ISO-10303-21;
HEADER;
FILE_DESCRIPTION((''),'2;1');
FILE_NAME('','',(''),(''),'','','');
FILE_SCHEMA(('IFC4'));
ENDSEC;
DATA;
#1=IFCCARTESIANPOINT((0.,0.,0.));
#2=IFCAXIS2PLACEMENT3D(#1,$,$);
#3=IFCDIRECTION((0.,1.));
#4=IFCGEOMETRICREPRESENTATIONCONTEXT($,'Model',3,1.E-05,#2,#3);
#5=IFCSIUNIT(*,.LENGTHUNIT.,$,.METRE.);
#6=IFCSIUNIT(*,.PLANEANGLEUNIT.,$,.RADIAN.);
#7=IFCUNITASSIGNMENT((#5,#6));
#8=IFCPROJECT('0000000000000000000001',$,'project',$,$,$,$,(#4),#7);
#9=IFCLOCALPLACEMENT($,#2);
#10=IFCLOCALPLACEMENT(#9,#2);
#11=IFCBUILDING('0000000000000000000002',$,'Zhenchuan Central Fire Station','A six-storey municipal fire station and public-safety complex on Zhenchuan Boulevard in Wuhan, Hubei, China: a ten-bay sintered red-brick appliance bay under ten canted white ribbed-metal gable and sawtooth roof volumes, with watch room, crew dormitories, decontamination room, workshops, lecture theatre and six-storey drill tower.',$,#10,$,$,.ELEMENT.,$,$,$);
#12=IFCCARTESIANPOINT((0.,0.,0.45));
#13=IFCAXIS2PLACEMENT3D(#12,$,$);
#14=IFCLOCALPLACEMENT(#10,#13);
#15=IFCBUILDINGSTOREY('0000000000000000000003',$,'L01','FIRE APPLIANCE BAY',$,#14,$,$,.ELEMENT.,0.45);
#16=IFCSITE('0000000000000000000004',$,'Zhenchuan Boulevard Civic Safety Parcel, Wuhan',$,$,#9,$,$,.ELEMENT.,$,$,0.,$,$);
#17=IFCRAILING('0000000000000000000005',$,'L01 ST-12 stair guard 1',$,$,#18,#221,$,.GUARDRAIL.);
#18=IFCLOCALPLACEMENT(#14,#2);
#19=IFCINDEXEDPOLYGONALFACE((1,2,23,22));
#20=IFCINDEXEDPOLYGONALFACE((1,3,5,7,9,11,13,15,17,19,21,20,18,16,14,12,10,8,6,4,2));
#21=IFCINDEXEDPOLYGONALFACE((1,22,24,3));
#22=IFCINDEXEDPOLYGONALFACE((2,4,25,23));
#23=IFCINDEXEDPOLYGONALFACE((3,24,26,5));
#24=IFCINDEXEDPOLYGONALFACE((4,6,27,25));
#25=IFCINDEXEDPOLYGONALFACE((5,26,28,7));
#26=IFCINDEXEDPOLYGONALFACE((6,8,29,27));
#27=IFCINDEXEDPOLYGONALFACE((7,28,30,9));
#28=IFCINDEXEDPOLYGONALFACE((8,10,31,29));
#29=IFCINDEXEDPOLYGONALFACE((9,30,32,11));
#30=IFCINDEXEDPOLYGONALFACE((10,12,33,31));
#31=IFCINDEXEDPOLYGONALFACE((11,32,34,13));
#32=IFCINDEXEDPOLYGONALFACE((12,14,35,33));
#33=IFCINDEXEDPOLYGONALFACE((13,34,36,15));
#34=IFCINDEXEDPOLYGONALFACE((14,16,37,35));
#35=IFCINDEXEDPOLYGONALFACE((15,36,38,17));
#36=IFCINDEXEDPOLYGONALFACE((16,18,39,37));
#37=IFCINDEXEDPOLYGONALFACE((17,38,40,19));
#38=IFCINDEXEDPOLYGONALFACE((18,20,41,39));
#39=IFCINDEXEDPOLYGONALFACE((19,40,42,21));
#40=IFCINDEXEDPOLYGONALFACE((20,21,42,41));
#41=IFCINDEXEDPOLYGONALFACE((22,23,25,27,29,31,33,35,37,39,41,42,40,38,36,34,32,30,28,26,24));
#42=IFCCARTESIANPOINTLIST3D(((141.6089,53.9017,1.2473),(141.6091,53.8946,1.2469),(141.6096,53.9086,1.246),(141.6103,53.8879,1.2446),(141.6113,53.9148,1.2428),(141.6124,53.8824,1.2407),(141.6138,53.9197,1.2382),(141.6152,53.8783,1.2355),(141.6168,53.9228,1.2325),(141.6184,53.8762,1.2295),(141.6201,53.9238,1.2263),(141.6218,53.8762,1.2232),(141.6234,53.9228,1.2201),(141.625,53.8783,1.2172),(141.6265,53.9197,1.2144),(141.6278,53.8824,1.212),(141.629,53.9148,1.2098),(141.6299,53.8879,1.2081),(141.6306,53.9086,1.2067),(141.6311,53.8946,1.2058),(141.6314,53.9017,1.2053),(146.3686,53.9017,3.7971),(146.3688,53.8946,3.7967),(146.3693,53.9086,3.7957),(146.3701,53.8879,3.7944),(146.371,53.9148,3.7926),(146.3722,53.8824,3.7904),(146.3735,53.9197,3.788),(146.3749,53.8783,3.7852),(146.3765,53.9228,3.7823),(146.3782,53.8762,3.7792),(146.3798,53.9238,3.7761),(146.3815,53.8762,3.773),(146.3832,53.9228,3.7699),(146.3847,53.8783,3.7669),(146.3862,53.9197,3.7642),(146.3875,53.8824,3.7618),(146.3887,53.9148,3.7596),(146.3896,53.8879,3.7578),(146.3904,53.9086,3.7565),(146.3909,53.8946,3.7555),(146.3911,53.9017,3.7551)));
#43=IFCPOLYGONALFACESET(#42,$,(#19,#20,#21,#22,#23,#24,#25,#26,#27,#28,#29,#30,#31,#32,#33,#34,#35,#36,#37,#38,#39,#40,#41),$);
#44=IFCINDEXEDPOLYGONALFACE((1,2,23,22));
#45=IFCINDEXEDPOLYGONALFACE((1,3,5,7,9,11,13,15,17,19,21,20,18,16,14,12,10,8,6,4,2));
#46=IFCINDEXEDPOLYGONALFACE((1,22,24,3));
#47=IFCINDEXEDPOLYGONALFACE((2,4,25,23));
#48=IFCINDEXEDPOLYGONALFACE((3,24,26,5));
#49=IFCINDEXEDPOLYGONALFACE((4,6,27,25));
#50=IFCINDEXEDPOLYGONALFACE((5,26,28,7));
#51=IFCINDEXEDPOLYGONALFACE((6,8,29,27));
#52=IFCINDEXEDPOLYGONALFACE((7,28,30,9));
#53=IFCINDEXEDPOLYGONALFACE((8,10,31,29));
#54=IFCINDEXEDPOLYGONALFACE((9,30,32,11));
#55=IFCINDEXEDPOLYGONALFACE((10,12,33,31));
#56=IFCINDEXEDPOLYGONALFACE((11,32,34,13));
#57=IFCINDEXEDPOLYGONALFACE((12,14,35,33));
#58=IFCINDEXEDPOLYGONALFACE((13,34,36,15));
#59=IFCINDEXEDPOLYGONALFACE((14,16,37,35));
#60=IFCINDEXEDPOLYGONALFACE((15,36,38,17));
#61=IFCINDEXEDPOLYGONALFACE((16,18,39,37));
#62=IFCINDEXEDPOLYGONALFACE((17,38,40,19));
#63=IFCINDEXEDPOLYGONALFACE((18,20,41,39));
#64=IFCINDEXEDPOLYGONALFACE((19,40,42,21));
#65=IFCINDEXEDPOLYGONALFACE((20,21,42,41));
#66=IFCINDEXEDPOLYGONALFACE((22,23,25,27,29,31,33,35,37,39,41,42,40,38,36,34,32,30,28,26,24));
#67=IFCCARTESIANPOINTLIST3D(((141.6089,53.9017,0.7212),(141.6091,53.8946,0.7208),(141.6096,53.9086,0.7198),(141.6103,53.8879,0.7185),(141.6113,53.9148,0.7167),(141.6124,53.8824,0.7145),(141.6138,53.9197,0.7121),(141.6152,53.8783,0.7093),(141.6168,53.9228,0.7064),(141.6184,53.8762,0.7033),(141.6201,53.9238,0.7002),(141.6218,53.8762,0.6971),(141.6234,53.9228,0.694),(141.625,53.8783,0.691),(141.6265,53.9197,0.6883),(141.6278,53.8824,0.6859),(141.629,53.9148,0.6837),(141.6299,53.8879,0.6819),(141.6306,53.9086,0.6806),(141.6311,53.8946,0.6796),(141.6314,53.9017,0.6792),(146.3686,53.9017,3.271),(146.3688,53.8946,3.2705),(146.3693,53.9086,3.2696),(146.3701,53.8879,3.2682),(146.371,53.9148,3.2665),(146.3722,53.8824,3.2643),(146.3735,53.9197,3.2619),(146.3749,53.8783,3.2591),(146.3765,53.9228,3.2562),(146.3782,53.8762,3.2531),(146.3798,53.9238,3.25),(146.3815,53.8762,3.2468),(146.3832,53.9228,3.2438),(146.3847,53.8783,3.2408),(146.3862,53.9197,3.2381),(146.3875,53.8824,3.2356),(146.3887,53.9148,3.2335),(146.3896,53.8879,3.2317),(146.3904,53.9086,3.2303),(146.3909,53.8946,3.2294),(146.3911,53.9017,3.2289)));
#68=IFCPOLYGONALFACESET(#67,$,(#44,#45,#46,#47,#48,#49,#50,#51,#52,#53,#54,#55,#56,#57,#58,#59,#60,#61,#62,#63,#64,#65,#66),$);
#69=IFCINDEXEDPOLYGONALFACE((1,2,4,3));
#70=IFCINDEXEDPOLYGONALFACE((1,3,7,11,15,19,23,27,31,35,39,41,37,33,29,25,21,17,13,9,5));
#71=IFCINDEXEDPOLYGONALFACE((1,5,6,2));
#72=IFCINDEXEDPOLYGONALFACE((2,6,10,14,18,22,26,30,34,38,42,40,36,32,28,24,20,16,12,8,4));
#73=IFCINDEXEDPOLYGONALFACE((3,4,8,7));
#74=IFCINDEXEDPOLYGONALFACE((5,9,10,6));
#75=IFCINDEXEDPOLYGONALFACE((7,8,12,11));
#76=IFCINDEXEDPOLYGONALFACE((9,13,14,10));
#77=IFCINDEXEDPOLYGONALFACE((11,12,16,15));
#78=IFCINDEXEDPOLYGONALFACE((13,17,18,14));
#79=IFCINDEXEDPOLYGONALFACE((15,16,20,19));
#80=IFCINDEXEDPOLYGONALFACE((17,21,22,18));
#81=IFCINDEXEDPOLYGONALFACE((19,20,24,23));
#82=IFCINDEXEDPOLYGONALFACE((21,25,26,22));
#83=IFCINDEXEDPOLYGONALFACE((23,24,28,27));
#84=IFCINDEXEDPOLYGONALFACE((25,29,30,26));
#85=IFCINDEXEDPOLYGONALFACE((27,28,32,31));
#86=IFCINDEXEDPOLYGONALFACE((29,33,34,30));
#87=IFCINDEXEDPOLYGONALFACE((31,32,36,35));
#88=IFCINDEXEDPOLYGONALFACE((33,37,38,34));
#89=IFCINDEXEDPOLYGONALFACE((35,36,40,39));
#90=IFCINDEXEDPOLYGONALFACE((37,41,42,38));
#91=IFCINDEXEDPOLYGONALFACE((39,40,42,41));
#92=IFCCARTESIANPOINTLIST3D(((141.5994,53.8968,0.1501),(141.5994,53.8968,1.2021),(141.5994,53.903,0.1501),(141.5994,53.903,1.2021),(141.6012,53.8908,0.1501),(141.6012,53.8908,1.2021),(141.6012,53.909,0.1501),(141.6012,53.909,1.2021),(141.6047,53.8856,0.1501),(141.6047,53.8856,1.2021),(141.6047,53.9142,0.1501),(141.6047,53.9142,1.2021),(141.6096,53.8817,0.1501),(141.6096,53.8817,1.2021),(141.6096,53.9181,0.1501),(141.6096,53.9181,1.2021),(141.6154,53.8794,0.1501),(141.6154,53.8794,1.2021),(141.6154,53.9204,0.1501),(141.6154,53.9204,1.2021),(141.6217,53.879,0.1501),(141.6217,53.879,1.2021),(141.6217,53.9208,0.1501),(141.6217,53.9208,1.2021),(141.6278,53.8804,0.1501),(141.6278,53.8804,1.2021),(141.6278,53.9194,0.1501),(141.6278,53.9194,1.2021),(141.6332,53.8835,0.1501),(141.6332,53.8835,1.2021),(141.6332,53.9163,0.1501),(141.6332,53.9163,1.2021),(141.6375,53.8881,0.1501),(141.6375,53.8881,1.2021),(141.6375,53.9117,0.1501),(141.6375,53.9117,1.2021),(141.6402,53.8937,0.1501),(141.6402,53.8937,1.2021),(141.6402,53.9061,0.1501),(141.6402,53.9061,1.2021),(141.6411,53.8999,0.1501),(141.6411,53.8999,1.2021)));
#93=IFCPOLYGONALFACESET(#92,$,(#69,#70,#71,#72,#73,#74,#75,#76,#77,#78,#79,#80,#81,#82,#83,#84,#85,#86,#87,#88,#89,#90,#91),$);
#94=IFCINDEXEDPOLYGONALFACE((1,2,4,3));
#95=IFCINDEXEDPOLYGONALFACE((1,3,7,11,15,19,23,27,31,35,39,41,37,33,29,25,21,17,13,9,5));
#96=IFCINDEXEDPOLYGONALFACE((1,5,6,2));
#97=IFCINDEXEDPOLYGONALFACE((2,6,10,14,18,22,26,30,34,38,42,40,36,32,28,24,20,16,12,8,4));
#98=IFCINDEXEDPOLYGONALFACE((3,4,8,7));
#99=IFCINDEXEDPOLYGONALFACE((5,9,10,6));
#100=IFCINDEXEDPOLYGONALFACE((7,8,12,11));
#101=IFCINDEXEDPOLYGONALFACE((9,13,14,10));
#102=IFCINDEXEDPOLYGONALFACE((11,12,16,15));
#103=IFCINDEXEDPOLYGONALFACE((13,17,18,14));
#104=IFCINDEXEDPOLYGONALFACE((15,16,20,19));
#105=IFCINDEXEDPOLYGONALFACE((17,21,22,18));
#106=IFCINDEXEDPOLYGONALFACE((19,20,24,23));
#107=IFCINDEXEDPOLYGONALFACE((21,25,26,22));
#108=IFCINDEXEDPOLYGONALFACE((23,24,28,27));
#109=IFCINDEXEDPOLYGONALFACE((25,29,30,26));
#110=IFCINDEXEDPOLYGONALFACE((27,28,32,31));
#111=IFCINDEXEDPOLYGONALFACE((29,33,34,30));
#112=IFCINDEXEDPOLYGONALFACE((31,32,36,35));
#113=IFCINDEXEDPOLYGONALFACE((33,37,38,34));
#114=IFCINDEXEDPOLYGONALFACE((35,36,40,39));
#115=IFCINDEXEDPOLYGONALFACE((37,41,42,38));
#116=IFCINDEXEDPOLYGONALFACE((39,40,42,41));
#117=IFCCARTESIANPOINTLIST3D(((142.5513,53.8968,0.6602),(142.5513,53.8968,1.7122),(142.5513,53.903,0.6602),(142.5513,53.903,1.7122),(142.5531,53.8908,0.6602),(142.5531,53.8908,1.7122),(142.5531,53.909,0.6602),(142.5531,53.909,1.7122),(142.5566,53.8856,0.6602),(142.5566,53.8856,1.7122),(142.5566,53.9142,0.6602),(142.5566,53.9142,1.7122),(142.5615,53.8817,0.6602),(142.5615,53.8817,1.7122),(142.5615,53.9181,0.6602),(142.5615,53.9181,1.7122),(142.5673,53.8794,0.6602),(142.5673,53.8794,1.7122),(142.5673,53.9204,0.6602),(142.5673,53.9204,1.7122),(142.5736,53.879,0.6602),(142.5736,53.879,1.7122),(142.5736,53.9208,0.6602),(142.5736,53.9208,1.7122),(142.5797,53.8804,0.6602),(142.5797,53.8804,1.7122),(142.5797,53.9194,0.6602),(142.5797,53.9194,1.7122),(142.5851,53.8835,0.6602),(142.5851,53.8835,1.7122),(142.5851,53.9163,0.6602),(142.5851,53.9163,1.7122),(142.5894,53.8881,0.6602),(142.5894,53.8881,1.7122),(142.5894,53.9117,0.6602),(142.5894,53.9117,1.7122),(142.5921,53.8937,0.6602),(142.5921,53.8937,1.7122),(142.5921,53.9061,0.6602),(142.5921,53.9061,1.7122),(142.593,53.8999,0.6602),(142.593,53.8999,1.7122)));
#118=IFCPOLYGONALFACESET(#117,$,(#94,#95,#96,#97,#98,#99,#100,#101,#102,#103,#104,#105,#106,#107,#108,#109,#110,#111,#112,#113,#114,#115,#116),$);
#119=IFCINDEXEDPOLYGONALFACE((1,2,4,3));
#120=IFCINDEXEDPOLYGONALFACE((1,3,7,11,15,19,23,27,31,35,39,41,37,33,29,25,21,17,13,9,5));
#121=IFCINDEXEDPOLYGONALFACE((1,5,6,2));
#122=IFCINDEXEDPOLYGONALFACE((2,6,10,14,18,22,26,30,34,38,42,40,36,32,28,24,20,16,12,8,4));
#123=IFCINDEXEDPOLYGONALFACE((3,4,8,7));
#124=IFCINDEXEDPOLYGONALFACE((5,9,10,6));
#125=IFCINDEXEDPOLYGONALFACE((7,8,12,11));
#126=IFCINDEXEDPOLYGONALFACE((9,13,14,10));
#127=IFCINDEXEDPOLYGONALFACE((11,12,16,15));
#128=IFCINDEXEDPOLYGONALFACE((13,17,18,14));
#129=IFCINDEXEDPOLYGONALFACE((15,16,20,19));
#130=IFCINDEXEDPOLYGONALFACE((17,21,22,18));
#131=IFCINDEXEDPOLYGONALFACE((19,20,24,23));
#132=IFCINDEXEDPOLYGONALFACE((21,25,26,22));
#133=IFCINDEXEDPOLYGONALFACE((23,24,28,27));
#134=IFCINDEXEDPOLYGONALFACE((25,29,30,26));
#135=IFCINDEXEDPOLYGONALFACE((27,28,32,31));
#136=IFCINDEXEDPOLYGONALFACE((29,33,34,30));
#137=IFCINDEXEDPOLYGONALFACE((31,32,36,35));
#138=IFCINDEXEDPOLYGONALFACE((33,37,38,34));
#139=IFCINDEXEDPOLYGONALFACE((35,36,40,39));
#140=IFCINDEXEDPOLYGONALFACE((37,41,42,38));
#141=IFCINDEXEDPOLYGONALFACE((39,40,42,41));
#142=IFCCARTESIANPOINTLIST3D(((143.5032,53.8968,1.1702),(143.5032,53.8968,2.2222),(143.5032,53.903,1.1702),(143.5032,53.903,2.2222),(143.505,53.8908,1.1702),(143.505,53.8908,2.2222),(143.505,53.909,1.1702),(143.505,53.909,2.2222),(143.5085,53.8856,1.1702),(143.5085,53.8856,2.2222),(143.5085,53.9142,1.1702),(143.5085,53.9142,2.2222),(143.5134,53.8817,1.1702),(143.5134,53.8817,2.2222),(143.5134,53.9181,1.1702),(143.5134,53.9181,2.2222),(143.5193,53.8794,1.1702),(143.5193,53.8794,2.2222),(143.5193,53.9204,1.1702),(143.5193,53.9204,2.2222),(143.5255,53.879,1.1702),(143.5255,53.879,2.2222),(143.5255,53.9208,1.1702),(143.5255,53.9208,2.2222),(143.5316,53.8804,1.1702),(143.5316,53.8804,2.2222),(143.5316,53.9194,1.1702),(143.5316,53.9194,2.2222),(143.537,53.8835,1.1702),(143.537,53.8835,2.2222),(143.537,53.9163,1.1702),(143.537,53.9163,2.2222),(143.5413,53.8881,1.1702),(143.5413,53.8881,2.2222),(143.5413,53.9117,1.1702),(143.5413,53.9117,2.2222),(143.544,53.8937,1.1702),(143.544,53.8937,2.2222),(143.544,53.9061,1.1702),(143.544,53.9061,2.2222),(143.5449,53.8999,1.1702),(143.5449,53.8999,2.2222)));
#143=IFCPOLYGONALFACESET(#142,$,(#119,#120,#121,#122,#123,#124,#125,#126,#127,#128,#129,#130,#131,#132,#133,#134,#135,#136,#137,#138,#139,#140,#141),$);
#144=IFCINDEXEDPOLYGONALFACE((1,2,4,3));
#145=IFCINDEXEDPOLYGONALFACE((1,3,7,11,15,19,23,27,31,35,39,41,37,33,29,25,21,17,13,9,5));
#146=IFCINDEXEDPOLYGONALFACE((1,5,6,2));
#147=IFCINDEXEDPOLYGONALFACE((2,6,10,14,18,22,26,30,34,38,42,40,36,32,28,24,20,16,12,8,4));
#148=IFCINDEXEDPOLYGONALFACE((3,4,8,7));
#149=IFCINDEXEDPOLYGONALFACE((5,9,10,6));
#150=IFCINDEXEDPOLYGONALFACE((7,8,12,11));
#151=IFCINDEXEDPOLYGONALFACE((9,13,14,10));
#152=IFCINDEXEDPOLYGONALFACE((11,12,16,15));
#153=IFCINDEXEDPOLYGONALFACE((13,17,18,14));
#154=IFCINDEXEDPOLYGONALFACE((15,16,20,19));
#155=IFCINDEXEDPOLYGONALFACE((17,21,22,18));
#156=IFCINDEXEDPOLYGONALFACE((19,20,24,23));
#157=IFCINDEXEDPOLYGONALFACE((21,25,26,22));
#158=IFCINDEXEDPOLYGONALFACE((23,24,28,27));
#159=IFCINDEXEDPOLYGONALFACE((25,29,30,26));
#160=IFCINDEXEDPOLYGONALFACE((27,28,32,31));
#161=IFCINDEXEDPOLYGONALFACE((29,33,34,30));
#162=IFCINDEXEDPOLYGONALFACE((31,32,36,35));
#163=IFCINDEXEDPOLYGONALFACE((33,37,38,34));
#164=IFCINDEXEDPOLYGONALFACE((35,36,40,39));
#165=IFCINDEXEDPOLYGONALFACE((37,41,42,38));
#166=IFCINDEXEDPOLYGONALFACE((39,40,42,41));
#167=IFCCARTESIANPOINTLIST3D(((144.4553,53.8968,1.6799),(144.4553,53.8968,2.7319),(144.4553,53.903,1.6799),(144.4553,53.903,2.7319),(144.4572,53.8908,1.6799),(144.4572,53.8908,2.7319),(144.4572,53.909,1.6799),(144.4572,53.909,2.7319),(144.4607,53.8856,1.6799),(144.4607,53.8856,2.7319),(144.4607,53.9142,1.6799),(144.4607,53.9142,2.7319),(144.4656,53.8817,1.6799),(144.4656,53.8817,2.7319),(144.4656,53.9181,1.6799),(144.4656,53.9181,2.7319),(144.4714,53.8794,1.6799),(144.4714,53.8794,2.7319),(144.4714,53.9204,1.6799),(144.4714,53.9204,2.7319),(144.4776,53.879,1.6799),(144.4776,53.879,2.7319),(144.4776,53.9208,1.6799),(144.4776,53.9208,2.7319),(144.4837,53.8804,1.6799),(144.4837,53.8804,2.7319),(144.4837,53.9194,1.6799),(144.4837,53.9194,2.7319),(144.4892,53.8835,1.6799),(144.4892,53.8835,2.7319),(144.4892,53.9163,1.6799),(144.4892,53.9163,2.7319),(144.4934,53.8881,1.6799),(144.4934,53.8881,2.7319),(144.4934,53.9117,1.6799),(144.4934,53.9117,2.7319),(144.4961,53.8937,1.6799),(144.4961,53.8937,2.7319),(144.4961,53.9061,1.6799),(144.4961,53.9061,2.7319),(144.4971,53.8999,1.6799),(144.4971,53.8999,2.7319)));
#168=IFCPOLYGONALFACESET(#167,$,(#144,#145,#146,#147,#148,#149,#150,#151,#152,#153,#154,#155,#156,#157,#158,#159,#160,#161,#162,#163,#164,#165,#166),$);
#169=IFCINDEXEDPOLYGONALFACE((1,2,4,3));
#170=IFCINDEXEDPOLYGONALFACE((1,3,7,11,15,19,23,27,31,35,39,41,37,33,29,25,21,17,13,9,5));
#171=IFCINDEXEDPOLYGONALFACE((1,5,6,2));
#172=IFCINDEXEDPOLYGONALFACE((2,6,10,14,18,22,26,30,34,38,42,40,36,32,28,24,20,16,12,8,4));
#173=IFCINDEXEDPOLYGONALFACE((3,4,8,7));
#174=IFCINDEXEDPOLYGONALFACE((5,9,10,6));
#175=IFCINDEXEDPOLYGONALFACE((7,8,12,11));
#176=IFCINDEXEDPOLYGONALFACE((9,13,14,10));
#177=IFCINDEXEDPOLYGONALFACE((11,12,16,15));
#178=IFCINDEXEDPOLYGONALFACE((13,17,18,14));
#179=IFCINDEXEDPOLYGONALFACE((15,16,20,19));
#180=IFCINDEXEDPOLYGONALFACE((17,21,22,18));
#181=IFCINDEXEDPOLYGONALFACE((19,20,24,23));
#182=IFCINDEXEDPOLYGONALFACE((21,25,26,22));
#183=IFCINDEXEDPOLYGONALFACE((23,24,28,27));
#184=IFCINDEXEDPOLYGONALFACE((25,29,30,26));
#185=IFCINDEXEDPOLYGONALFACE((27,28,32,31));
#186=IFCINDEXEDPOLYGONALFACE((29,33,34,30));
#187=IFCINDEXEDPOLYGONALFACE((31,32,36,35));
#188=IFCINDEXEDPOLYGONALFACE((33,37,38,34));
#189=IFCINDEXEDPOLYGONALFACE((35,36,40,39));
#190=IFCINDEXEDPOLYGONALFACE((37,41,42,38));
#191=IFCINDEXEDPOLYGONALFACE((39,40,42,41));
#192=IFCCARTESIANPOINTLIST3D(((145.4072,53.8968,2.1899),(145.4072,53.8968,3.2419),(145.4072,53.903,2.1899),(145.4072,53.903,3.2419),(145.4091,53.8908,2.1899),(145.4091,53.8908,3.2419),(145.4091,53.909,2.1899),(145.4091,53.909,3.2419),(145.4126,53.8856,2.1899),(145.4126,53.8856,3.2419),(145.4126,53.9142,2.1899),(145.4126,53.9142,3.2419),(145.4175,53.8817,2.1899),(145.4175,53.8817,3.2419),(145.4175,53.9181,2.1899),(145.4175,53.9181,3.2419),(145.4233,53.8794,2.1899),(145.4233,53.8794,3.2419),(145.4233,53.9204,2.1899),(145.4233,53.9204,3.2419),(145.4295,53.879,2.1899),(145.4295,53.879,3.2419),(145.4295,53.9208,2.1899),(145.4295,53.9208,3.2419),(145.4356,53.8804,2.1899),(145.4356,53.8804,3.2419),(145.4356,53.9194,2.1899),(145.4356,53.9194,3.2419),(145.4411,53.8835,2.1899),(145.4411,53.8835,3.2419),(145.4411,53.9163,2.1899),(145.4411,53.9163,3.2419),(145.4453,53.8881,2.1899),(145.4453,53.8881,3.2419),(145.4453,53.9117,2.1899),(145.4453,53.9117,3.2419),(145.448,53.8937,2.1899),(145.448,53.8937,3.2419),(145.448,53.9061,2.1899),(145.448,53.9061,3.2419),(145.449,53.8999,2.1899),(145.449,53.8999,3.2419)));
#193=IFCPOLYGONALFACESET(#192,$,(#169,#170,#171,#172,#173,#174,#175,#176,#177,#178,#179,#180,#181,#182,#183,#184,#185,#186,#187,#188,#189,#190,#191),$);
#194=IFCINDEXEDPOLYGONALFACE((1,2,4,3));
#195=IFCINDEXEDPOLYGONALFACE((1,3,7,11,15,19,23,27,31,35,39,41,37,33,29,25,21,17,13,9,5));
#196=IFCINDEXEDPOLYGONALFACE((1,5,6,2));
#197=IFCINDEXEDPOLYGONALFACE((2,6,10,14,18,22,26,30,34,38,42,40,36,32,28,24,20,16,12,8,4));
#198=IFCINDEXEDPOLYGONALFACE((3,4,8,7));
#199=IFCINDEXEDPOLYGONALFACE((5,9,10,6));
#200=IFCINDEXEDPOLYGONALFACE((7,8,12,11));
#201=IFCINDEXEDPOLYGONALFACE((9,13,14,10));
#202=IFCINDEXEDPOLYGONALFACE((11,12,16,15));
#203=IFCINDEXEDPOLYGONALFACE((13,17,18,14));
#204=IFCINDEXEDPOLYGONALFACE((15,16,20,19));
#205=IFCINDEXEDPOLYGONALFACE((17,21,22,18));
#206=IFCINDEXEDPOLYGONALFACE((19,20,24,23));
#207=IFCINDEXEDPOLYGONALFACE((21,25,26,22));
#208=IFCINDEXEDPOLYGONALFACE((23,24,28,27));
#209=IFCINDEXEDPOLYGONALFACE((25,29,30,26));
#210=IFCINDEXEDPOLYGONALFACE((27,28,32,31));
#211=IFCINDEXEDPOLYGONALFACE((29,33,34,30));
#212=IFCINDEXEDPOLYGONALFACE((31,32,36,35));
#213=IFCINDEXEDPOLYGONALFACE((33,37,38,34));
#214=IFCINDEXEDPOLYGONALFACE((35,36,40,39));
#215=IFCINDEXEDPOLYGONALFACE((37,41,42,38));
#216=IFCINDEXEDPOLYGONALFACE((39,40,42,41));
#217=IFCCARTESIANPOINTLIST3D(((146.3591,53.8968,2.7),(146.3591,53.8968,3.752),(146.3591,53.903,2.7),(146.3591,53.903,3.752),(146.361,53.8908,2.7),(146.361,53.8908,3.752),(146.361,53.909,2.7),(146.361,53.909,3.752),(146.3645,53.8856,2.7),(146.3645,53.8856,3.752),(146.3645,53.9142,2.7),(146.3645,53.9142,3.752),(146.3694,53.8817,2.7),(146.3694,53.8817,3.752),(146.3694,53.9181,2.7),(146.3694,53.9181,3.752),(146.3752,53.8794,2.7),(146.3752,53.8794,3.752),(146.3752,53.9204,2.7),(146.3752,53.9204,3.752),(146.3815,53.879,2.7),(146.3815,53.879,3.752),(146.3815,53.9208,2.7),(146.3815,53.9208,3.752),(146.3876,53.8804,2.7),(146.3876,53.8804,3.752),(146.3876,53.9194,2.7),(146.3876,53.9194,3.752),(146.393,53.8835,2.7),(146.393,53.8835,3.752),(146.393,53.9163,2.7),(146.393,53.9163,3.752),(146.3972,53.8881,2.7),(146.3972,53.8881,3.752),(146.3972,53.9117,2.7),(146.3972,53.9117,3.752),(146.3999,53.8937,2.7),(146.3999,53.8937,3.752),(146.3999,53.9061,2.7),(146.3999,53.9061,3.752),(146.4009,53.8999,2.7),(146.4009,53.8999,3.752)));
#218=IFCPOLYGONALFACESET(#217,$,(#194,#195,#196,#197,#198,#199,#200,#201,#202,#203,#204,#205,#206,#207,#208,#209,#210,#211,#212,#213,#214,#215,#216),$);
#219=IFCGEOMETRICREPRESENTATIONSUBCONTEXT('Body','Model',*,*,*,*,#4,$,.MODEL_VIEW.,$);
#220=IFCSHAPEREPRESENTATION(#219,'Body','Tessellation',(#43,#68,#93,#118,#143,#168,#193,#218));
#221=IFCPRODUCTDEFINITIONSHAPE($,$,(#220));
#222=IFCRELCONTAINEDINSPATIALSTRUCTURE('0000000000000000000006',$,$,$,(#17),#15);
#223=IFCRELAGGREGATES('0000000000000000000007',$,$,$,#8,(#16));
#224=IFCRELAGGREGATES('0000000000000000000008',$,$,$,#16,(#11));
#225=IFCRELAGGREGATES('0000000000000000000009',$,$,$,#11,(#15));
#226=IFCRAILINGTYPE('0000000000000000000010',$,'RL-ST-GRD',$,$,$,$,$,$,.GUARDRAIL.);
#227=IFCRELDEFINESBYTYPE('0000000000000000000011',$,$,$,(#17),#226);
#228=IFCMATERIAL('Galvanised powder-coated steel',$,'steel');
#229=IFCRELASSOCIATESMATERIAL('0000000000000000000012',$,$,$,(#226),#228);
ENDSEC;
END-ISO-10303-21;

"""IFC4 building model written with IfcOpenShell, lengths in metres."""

from ifc_helpers import new_model, si_unit, direction, frame, origin, origin_2d, place, context, subcontext, project, spatial, circle, extrude, material, type_object, element, save


model = new_model("IFC4")

# Units and contexts
model_context = context("Model", 3, precision=1e-05, world=origin(), true_north=direction((0.0, 1.0)))
body_context = subcontext(model_context, "Body", "Model", "MODEL_VIEW")
ifc_project = project(units=[si_unit("LENGTHUNIT", "METRE"), si_unit("PLANEANGLEUNIT", "RADIAN")], contexts=[model_context])

# Site, building, storey
site_placement = place(None, origin())
site = spatial("IfcSite", under=ifc_project, at=site_placement, Name="Zhenchuan Boulevard Civic Safety Parcel, Wuhan", CompositionType="ELEMENT", RefElevation=0.0)
building_placement = place(site_placement, origin())
building = spatial("IfcBuilding", under=site, at=building_placement, Name="Zhenchuan Central Fire Station", Description="A six-storey municipal fire station and public-safety complex on Zhenchuan Boulevard in Wuhan, Hubei, China: a ten-bay sintered red-brick appliance bay under ten canted white ribbed-metal gable and sawtooth roof volumes, with watch room, crew dormitories, decontamination room, workshops, lecture theatre and six-storey drill tower.", CompositionType="ELEMENT")
storey_placement = place(building_placement, frame((0.0, 0.0, 0.45)))
storey = spatial("IfcBuildingStorey", under=building, at=storey_placement, Name="L01", Description="FIRE APPLIANCE BAY", CompositionType="ELEMENT", Elevation=0.45)

# Railing
ifc_material_1 = material(Name="Galvanised powder-coated steel", Category="steel")
railing_type_1 = type_object("IfcRailingType", Name="RL-ST-GRD", PredefinedType="GUARDRAIL", material=ifc_material_1)
railing_1_placement = place(storey_placement, frame((141.6201, 53.8999, 0.1501)))
element("IfcRailing", 1, at=railing_1_placement, inside=storey, type_object=railing_type_1, Name="L01 ST-12 stair guard 1", PredefinedType="GUARDRAIL", context=body_context, shape_type="SweptSolid", body=[
    extrude(circle(Radius=0.0239, at=origin_2d()), frame((0.0, 0.0, 1.0762), z_axis=(0.881485, 0.0, 0.472211), x_axis=(0.0, 1.0, 0.0)), (0.0, 0.0, 1.0), 5.3997),
    extrude(circle(Radius=0.0239, at=origin_2d()), frame((0.0, 0.0, 0.55), z_axis=(0.881485, 0.0, 0.472211), x_axis=(0.0, 1.0, 0.0)), (0.0, 0.0, 1.0), 5.3997),
    extrude(circle(Radius=0.021, at=origin_2d()), origin(), (0.0, 0.0, 1.0), 1.052),
    extrude(circle(Radius=0.021, at=origin_2d()), frame((0.9519, 0.0, 0.51)), (0.0, 0.0, 1.0), 1.052),
    extrude(circle(Radius=0.021, at=origin_2d()), frame((1.9038, 0.0, 1.02)), (0.0, 0.0, 1.0), 1.052),
    extrude(circle(Radius=0.021, at=origin_2d()), frame((2.856, 0.0, 1.5298)), (0.0, 0.0, 1.0), 1.052),
    extrude(circle(Radius=0.021, at=origin_2d()), frame((3.8079, 0.0, 2.0398)), (0.0, 0.0, 1.0), 1.052),
    extrude(circle(Radius=0.021, at=origin_2d()), frame((4.7598, 0.0, 2.5498)), (0.0, 0.0, 1.0), 1.052),
])

save(model, "model.ifc")
